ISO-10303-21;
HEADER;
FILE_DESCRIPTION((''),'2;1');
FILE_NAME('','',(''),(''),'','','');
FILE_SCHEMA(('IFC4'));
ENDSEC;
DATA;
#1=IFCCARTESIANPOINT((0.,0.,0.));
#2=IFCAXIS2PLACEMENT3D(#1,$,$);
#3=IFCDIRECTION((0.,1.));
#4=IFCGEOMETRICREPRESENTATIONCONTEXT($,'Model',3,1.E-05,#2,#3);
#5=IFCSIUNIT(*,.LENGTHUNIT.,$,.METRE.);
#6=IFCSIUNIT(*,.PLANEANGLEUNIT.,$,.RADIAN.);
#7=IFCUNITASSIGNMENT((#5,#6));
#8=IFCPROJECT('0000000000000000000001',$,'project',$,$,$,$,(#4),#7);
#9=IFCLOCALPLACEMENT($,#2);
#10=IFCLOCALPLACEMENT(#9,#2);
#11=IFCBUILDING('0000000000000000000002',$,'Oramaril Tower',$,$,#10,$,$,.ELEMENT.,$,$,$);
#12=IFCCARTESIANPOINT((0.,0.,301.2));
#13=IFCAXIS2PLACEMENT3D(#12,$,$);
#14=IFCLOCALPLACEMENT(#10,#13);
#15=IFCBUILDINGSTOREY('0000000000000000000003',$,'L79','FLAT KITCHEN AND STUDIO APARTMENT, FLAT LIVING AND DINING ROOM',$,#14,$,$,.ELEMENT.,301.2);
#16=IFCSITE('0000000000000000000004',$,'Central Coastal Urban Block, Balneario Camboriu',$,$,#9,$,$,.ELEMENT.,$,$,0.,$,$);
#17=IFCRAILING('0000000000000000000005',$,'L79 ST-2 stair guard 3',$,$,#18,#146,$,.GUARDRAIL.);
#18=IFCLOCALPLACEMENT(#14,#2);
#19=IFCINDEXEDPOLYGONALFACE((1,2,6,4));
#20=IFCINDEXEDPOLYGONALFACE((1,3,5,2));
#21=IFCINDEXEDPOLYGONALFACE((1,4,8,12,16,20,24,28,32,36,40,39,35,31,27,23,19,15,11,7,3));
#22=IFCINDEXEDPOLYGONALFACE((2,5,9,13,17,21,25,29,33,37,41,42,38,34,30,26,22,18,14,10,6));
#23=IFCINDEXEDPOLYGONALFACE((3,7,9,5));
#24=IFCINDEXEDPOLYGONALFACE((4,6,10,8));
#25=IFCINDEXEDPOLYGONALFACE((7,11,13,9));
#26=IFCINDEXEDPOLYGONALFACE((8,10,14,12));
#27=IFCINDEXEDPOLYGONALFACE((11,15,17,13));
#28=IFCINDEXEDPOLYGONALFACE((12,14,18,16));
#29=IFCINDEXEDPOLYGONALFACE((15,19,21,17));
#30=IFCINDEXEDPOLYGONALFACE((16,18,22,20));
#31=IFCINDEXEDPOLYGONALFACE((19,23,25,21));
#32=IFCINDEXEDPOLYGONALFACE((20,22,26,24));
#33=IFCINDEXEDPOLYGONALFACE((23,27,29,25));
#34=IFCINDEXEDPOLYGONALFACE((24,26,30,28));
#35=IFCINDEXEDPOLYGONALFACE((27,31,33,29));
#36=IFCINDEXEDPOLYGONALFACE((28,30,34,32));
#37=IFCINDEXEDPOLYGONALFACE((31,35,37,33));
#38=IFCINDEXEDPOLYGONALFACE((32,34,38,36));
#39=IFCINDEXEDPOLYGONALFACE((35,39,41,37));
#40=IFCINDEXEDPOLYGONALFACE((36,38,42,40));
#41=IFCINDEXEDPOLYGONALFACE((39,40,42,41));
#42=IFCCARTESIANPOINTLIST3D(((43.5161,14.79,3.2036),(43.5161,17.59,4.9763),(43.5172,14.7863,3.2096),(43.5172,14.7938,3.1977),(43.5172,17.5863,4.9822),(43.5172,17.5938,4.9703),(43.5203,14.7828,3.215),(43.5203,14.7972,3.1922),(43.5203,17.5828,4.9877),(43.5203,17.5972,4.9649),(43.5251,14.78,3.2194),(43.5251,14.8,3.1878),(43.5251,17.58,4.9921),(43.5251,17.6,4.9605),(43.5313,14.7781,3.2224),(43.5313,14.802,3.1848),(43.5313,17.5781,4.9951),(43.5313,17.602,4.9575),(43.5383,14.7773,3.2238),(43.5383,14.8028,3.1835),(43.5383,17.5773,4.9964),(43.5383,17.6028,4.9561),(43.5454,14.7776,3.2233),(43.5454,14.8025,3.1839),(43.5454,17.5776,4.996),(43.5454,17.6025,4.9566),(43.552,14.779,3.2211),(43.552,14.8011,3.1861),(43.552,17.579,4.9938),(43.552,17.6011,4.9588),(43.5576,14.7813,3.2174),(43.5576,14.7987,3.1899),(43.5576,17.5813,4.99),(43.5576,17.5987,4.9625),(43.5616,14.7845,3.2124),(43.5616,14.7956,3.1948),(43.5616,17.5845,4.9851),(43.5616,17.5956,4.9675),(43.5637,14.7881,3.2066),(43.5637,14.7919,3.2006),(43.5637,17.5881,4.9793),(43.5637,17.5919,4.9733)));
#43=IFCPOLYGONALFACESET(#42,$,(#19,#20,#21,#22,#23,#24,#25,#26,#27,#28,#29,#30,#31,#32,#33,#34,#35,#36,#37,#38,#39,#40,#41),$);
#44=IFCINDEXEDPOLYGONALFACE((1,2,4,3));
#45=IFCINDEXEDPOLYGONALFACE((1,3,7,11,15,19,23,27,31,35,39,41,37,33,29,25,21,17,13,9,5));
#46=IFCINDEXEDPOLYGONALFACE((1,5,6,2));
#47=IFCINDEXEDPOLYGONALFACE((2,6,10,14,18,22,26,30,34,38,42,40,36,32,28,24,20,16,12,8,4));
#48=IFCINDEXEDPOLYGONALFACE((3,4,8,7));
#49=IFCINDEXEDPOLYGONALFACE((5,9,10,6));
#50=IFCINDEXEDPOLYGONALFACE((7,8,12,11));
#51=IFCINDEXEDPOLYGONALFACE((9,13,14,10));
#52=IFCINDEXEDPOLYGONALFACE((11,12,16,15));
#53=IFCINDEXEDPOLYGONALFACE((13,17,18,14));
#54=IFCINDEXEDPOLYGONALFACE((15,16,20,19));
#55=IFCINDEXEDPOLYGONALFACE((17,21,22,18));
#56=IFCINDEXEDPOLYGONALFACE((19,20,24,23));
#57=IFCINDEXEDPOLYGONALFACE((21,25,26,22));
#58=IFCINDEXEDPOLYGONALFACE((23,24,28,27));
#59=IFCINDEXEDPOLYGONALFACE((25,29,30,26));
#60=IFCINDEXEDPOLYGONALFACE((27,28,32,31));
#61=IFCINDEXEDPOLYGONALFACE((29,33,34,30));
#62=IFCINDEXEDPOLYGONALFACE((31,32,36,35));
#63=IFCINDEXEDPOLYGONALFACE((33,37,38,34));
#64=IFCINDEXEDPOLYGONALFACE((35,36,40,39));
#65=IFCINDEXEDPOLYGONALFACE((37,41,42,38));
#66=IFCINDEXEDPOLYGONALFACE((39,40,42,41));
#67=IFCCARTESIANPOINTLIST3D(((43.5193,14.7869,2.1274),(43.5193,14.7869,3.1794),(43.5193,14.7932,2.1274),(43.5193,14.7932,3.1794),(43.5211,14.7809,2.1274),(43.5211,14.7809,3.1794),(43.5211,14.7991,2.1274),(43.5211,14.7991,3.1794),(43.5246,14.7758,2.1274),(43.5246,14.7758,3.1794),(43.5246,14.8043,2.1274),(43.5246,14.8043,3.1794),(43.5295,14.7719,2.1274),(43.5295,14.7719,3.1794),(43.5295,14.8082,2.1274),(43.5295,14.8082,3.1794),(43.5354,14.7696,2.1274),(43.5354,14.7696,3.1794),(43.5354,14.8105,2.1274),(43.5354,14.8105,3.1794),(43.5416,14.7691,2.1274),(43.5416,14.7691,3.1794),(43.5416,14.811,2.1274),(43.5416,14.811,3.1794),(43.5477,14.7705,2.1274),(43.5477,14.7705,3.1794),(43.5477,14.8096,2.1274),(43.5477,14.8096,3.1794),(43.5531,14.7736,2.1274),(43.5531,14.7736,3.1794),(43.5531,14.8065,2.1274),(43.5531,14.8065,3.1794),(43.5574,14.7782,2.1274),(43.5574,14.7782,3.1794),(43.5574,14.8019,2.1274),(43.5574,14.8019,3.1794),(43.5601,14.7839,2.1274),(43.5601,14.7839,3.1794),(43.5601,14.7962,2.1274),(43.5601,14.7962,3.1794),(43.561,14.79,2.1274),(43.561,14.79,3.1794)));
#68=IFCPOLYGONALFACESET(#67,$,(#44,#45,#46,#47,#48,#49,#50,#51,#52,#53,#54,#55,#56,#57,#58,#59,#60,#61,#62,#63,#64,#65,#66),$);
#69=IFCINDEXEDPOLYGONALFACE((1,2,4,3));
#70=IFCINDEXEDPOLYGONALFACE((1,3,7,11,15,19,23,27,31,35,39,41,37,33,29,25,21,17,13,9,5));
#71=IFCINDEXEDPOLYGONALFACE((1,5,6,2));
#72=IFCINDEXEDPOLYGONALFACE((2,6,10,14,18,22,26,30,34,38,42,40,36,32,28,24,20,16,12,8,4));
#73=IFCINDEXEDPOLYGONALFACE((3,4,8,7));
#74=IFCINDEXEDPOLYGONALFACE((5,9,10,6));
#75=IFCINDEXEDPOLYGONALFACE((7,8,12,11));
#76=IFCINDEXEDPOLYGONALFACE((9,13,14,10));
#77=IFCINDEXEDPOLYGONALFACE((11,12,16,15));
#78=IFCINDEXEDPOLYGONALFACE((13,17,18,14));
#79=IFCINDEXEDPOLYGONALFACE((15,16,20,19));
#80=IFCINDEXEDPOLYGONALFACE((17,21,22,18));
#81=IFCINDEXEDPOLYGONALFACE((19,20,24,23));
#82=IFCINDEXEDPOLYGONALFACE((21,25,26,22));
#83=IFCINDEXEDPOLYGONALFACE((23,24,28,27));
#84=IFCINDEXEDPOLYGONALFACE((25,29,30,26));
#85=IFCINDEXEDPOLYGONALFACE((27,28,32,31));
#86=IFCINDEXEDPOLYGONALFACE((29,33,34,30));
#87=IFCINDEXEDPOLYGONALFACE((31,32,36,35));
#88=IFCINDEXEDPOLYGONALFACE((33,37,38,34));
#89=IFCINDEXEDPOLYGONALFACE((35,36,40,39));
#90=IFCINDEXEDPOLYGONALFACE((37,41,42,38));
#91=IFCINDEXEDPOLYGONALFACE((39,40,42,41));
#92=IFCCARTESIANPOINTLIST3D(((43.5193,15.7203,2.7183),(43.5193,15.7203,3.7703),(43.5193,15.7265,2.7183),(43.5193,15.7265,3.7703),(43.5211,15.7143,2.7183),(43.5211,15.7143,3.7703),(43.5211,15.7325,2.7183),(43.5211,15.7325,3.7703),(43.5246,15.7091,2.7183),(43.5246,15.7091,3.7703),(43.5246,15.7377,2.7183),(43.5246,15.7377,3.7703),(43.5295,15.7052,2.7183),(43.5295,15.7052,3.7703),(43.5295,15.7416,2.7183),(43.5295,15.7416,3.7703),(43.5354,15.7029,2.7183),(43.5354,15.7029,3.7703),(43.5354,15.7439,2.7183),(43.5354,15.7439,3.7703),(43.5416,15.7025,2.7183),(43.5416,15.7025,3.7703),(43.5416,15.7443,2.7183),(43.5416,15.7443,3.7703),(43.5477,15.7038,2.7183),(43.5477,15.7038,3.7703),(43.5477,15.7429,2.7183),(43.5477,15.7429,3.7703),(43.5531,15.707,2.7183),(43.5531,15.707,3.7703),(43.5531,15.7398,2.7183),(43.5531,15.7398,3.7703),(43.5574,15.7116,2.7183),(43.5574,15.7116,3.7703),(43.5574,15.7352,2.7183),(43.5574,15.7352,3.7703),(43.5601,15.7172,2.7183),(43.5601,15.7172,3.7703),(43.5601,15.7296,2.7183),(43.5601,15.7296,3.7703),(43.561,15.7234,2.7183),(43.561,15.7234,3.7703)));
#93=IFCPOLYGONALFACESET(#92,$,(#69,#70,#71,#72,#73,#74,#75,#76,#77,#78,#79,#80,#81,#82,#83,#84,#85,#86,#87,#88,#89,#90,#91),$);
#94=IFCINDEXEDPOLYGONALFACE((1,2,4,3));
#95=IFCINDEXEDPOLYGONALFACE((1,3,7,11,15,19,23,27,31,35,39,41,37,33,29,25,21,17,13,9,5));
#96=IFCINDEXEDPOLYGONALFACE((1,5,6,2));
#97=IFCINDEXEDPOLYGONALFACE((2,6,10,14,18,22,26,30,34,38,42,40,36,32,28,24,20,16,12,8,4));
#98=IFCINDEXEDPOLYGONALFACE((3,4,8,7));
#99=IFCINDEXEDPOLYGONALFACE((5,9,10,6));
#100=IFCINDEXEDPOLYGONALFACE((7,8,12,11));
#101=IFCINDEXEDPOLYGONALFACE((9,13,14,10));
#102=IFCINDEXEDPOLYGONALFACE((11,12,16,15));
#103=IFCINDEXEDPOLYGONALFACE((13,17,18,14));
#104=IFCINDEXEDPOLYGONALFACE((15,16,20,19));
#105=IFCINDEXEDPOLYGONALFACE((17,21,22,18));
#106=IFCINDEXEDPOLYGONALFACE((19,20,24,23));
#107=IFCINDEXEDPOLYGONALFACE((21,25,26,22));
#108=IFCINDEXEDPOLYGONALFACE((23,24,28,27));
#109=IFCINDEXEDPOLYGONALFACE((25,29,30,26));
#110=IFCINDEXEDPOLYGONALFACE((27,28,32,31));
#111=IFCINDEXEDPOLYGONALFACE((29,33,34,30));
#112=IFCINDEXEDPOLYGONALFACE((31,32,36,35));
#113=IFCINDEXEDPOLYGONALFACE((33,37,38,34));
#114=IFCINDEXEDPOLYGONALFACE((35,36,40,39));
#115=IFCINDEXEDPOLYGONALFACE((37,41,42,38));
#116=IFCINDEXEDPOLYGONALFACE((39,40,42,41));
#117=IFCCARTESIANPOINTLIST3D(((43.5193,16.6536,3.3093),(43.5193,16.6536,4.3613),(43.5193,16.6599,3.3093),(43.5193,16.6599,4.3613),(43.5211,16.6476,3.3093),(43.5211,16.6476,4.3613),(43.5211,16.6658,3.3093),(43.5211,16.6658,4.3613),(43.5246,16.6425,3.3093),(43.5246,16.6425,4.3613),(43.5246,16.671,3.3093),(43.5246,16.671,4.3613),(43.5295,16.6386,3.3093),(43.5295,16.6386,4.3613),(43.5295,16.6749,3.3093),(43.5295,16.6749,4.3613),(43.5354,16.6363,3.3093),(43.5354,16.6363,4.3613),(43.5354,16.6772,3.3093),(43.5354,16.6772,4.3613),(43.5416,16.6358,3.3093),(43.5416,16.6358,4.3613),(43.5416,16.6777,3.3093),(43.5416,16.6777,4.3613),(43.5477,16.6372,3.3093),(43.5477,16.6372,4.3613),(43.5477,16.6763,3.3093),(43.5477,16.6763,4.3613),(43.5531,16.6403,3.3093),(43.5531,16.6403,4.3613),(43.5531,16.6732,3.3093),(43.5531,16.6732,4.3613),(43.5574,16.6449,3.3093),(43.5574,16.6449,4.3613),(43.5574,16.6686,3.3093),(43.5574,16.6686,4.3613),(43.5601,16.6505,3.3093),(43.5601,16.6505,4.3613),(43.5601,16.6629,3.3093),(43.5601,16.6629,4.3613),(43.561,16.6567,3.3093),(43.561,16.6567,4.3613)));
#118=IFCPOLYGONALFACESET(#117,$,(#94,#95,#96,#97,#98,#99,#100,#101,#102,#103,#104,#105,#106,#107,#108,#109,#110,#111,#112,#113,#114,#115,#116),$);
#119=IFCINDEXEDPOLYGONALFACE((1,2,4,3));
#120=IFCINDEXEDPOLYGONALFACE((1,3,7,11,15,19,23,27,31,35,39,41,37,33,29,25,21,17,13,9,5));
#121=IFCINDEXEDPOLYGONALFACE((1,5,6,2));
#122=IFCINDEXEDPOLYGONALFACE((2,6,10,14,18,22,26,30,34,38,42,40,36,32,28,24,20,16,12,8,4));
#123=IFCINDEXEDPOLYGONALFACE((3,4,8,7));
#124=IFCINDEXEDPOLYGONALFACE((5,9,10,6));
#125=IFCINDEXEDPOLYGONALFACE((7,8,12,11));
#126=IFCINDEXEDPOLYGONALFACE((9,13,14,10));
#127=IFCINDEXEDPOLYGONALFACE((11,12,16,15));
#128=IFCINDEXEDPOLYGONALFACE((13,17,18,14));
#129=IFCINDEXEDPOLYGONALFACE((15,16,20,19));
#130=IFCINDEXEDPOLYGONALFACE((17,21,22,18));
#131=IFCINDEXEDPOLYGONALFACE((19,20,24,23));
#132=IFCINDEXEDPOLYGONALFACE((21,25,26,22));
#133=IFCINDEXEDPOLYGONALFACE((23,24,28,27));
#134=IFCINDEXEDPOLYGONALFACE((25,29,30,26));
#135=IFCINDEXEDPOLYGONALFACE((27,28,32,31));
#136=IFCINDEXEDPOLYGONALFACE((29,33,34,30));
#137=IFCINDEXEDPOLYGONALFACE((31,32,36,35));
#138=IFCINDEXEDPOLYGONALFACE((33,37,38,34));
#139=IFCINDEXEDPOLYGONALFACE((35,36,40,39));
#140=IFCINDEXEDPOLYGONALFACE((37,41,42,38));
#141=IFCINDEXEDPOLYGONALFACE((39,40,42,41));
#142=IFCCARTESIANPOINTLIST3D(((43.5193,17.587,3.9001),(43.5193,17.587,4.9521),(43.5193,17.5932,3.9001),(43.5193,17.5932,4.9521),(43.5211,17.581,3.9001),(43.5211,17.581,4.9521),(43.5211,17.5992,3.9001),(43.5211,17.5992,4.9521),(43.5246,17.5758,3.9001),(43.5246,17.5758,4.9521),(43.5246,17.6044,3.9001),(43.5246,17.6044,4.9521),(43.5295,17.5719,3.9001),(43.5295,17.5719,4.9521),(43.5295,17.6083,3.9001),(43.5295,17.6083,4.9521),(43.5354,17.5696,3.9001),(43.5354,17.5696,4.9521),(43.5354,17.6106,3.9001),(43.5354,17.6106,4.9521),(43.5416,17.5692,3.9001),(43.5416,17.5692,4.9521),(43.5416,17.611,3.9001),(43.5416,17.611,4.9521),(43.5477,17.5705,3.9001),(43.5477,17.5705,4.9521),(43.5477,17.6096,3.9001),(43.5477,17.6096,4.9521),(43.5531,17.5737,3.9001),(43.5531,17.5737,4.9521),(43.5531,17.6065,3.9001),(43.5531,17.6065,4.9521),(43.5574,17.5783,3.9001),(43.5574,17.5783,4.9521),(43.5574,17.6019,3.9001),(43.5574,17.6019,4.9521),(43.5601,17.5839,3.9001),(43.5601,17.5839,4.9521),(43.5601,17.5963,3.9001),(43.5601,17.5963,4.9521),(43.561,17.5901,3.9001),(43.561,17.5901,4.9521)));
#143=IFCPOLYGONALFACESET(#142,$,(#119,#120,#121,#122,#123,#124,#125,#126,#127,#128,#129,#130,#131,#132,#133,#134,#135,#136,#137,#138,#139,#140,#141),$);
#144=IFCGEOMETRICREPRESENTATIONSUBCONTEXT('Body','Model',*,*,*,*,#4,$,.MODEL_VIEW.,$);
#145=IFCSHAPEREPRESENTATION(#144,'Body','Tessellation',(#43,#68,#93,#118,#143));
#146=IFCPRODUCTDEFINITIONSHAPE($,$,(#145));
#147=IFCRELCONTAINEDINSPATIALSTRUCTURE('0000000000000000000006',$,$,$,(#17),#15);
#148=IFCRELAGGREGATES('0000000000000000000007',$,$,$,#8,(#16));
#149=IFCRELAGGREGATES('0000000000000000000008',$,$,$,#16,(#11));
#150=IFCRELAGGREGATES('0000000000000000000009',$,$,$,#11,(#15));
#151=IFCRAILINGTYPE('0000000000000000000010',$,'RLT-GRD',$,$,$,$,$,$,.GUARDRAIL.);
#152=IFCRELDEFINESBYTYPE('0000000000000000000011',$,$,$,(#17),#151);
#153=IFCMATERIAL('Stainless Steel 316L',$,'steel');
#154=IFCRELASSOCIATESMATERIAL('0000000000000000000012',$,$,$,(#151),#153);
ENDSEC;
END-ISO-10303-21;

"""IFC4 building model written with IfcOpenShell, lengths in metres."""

from ifc_helpers import new_model, si_unit, direction, frame, origin, origin_2d, place, context, subcontext, project, spatial, circle, extrude, material, type_object, element, save


model = new_model("IFC4")

# Units and contexts
model_context = context("Model", 3, precision=1e-05, world=origin(), true_north=direction((0.0, 1.0)))
body_context = subcontext(model_context, "Body", "Model", "MODEL_VIEW")
ifc_project = project(units=[si_unit("LENGTHUNIT", "METRE"), si_unit("PLANEANGLEUNIT", "RADIAN")], contexts=[model_context])

# Site, building, storey
site_placement = place(None, origin())
site = spatial("IfcSite", under=ifc_project, at=site_placement, Name="Central Coastal Urban Block, Balneario Camboriu", CompositionType="ELEMENT", RefElevation=0.0)
building_placement = place(site_placement, origin())
building = spatial("IfcBuilding", under=site, at=building_placement, Name="Oramaril Tower", CompositionType="ELEMENT")
storey_placement = place(building_placement, frame((0.0, 0.0, 301.2)))
storey = spatial("IfcBuildingStorey", under=building, at=storey_placement, Name="L79", Description="FLAT KITCHEN AND STUDIO APARTMENT, FLAT LIVING AND DINING ROOM", CompositionType="ELEMENT", Elevation=301.2)

# Railing
ifc_material_1 = material(Name="Stainless Steel 316L", Category="steel")
railing_type_1 = type_object("IfcRailingType", Name="RLT-GRD", PredefinedType="GUARDRAIL", material=ifc_material_1)
railing_1_placement = place(storey_placement, frame((43.54, 14.79, 2.1274)))
element("IfcRailing", 1, at=railing_1_placement, inside=storey, type_object=railing_type_1, Name="L79 ST-2 stair guard 3", PredefinedType="GUARDRAIL", context=body_context, shape_type="SweptSolid", body=[
    extrude(circle(Radius=0.0239, at=origin_2d()), frame((0.0, 0.0, 1.0762), z_axis=(0.0, 0.844909, 0.53491), x_axis=(-1.0, 0.0, 0.0)), (0.0, 0.0, 1.0), 3.314),
    extrude(circle(Radius=0.021, at=origin_2d()), origin(), (0.0, 0.0, 1.0), 1.052),
    extrude(circle(Radius=0.021, at=origin_2d()), frame((0.0, 0.9333, 0.5908)), (0.0, 0.0, 1.0), 1.052),
    extrude(circle(Radius=0.021, at=origin_2d()), frame((0.0, 1.8667, 1.1819)), (0.0, 0.0, 1.0), 1.052),
    extrude(circle(Radius=0.021, at=origin_2d()), frame((0.0, 2.8, 1.7727)), (0.0, 0.0, 1.0), 1.052),
])

save(model, "model.ifc")
